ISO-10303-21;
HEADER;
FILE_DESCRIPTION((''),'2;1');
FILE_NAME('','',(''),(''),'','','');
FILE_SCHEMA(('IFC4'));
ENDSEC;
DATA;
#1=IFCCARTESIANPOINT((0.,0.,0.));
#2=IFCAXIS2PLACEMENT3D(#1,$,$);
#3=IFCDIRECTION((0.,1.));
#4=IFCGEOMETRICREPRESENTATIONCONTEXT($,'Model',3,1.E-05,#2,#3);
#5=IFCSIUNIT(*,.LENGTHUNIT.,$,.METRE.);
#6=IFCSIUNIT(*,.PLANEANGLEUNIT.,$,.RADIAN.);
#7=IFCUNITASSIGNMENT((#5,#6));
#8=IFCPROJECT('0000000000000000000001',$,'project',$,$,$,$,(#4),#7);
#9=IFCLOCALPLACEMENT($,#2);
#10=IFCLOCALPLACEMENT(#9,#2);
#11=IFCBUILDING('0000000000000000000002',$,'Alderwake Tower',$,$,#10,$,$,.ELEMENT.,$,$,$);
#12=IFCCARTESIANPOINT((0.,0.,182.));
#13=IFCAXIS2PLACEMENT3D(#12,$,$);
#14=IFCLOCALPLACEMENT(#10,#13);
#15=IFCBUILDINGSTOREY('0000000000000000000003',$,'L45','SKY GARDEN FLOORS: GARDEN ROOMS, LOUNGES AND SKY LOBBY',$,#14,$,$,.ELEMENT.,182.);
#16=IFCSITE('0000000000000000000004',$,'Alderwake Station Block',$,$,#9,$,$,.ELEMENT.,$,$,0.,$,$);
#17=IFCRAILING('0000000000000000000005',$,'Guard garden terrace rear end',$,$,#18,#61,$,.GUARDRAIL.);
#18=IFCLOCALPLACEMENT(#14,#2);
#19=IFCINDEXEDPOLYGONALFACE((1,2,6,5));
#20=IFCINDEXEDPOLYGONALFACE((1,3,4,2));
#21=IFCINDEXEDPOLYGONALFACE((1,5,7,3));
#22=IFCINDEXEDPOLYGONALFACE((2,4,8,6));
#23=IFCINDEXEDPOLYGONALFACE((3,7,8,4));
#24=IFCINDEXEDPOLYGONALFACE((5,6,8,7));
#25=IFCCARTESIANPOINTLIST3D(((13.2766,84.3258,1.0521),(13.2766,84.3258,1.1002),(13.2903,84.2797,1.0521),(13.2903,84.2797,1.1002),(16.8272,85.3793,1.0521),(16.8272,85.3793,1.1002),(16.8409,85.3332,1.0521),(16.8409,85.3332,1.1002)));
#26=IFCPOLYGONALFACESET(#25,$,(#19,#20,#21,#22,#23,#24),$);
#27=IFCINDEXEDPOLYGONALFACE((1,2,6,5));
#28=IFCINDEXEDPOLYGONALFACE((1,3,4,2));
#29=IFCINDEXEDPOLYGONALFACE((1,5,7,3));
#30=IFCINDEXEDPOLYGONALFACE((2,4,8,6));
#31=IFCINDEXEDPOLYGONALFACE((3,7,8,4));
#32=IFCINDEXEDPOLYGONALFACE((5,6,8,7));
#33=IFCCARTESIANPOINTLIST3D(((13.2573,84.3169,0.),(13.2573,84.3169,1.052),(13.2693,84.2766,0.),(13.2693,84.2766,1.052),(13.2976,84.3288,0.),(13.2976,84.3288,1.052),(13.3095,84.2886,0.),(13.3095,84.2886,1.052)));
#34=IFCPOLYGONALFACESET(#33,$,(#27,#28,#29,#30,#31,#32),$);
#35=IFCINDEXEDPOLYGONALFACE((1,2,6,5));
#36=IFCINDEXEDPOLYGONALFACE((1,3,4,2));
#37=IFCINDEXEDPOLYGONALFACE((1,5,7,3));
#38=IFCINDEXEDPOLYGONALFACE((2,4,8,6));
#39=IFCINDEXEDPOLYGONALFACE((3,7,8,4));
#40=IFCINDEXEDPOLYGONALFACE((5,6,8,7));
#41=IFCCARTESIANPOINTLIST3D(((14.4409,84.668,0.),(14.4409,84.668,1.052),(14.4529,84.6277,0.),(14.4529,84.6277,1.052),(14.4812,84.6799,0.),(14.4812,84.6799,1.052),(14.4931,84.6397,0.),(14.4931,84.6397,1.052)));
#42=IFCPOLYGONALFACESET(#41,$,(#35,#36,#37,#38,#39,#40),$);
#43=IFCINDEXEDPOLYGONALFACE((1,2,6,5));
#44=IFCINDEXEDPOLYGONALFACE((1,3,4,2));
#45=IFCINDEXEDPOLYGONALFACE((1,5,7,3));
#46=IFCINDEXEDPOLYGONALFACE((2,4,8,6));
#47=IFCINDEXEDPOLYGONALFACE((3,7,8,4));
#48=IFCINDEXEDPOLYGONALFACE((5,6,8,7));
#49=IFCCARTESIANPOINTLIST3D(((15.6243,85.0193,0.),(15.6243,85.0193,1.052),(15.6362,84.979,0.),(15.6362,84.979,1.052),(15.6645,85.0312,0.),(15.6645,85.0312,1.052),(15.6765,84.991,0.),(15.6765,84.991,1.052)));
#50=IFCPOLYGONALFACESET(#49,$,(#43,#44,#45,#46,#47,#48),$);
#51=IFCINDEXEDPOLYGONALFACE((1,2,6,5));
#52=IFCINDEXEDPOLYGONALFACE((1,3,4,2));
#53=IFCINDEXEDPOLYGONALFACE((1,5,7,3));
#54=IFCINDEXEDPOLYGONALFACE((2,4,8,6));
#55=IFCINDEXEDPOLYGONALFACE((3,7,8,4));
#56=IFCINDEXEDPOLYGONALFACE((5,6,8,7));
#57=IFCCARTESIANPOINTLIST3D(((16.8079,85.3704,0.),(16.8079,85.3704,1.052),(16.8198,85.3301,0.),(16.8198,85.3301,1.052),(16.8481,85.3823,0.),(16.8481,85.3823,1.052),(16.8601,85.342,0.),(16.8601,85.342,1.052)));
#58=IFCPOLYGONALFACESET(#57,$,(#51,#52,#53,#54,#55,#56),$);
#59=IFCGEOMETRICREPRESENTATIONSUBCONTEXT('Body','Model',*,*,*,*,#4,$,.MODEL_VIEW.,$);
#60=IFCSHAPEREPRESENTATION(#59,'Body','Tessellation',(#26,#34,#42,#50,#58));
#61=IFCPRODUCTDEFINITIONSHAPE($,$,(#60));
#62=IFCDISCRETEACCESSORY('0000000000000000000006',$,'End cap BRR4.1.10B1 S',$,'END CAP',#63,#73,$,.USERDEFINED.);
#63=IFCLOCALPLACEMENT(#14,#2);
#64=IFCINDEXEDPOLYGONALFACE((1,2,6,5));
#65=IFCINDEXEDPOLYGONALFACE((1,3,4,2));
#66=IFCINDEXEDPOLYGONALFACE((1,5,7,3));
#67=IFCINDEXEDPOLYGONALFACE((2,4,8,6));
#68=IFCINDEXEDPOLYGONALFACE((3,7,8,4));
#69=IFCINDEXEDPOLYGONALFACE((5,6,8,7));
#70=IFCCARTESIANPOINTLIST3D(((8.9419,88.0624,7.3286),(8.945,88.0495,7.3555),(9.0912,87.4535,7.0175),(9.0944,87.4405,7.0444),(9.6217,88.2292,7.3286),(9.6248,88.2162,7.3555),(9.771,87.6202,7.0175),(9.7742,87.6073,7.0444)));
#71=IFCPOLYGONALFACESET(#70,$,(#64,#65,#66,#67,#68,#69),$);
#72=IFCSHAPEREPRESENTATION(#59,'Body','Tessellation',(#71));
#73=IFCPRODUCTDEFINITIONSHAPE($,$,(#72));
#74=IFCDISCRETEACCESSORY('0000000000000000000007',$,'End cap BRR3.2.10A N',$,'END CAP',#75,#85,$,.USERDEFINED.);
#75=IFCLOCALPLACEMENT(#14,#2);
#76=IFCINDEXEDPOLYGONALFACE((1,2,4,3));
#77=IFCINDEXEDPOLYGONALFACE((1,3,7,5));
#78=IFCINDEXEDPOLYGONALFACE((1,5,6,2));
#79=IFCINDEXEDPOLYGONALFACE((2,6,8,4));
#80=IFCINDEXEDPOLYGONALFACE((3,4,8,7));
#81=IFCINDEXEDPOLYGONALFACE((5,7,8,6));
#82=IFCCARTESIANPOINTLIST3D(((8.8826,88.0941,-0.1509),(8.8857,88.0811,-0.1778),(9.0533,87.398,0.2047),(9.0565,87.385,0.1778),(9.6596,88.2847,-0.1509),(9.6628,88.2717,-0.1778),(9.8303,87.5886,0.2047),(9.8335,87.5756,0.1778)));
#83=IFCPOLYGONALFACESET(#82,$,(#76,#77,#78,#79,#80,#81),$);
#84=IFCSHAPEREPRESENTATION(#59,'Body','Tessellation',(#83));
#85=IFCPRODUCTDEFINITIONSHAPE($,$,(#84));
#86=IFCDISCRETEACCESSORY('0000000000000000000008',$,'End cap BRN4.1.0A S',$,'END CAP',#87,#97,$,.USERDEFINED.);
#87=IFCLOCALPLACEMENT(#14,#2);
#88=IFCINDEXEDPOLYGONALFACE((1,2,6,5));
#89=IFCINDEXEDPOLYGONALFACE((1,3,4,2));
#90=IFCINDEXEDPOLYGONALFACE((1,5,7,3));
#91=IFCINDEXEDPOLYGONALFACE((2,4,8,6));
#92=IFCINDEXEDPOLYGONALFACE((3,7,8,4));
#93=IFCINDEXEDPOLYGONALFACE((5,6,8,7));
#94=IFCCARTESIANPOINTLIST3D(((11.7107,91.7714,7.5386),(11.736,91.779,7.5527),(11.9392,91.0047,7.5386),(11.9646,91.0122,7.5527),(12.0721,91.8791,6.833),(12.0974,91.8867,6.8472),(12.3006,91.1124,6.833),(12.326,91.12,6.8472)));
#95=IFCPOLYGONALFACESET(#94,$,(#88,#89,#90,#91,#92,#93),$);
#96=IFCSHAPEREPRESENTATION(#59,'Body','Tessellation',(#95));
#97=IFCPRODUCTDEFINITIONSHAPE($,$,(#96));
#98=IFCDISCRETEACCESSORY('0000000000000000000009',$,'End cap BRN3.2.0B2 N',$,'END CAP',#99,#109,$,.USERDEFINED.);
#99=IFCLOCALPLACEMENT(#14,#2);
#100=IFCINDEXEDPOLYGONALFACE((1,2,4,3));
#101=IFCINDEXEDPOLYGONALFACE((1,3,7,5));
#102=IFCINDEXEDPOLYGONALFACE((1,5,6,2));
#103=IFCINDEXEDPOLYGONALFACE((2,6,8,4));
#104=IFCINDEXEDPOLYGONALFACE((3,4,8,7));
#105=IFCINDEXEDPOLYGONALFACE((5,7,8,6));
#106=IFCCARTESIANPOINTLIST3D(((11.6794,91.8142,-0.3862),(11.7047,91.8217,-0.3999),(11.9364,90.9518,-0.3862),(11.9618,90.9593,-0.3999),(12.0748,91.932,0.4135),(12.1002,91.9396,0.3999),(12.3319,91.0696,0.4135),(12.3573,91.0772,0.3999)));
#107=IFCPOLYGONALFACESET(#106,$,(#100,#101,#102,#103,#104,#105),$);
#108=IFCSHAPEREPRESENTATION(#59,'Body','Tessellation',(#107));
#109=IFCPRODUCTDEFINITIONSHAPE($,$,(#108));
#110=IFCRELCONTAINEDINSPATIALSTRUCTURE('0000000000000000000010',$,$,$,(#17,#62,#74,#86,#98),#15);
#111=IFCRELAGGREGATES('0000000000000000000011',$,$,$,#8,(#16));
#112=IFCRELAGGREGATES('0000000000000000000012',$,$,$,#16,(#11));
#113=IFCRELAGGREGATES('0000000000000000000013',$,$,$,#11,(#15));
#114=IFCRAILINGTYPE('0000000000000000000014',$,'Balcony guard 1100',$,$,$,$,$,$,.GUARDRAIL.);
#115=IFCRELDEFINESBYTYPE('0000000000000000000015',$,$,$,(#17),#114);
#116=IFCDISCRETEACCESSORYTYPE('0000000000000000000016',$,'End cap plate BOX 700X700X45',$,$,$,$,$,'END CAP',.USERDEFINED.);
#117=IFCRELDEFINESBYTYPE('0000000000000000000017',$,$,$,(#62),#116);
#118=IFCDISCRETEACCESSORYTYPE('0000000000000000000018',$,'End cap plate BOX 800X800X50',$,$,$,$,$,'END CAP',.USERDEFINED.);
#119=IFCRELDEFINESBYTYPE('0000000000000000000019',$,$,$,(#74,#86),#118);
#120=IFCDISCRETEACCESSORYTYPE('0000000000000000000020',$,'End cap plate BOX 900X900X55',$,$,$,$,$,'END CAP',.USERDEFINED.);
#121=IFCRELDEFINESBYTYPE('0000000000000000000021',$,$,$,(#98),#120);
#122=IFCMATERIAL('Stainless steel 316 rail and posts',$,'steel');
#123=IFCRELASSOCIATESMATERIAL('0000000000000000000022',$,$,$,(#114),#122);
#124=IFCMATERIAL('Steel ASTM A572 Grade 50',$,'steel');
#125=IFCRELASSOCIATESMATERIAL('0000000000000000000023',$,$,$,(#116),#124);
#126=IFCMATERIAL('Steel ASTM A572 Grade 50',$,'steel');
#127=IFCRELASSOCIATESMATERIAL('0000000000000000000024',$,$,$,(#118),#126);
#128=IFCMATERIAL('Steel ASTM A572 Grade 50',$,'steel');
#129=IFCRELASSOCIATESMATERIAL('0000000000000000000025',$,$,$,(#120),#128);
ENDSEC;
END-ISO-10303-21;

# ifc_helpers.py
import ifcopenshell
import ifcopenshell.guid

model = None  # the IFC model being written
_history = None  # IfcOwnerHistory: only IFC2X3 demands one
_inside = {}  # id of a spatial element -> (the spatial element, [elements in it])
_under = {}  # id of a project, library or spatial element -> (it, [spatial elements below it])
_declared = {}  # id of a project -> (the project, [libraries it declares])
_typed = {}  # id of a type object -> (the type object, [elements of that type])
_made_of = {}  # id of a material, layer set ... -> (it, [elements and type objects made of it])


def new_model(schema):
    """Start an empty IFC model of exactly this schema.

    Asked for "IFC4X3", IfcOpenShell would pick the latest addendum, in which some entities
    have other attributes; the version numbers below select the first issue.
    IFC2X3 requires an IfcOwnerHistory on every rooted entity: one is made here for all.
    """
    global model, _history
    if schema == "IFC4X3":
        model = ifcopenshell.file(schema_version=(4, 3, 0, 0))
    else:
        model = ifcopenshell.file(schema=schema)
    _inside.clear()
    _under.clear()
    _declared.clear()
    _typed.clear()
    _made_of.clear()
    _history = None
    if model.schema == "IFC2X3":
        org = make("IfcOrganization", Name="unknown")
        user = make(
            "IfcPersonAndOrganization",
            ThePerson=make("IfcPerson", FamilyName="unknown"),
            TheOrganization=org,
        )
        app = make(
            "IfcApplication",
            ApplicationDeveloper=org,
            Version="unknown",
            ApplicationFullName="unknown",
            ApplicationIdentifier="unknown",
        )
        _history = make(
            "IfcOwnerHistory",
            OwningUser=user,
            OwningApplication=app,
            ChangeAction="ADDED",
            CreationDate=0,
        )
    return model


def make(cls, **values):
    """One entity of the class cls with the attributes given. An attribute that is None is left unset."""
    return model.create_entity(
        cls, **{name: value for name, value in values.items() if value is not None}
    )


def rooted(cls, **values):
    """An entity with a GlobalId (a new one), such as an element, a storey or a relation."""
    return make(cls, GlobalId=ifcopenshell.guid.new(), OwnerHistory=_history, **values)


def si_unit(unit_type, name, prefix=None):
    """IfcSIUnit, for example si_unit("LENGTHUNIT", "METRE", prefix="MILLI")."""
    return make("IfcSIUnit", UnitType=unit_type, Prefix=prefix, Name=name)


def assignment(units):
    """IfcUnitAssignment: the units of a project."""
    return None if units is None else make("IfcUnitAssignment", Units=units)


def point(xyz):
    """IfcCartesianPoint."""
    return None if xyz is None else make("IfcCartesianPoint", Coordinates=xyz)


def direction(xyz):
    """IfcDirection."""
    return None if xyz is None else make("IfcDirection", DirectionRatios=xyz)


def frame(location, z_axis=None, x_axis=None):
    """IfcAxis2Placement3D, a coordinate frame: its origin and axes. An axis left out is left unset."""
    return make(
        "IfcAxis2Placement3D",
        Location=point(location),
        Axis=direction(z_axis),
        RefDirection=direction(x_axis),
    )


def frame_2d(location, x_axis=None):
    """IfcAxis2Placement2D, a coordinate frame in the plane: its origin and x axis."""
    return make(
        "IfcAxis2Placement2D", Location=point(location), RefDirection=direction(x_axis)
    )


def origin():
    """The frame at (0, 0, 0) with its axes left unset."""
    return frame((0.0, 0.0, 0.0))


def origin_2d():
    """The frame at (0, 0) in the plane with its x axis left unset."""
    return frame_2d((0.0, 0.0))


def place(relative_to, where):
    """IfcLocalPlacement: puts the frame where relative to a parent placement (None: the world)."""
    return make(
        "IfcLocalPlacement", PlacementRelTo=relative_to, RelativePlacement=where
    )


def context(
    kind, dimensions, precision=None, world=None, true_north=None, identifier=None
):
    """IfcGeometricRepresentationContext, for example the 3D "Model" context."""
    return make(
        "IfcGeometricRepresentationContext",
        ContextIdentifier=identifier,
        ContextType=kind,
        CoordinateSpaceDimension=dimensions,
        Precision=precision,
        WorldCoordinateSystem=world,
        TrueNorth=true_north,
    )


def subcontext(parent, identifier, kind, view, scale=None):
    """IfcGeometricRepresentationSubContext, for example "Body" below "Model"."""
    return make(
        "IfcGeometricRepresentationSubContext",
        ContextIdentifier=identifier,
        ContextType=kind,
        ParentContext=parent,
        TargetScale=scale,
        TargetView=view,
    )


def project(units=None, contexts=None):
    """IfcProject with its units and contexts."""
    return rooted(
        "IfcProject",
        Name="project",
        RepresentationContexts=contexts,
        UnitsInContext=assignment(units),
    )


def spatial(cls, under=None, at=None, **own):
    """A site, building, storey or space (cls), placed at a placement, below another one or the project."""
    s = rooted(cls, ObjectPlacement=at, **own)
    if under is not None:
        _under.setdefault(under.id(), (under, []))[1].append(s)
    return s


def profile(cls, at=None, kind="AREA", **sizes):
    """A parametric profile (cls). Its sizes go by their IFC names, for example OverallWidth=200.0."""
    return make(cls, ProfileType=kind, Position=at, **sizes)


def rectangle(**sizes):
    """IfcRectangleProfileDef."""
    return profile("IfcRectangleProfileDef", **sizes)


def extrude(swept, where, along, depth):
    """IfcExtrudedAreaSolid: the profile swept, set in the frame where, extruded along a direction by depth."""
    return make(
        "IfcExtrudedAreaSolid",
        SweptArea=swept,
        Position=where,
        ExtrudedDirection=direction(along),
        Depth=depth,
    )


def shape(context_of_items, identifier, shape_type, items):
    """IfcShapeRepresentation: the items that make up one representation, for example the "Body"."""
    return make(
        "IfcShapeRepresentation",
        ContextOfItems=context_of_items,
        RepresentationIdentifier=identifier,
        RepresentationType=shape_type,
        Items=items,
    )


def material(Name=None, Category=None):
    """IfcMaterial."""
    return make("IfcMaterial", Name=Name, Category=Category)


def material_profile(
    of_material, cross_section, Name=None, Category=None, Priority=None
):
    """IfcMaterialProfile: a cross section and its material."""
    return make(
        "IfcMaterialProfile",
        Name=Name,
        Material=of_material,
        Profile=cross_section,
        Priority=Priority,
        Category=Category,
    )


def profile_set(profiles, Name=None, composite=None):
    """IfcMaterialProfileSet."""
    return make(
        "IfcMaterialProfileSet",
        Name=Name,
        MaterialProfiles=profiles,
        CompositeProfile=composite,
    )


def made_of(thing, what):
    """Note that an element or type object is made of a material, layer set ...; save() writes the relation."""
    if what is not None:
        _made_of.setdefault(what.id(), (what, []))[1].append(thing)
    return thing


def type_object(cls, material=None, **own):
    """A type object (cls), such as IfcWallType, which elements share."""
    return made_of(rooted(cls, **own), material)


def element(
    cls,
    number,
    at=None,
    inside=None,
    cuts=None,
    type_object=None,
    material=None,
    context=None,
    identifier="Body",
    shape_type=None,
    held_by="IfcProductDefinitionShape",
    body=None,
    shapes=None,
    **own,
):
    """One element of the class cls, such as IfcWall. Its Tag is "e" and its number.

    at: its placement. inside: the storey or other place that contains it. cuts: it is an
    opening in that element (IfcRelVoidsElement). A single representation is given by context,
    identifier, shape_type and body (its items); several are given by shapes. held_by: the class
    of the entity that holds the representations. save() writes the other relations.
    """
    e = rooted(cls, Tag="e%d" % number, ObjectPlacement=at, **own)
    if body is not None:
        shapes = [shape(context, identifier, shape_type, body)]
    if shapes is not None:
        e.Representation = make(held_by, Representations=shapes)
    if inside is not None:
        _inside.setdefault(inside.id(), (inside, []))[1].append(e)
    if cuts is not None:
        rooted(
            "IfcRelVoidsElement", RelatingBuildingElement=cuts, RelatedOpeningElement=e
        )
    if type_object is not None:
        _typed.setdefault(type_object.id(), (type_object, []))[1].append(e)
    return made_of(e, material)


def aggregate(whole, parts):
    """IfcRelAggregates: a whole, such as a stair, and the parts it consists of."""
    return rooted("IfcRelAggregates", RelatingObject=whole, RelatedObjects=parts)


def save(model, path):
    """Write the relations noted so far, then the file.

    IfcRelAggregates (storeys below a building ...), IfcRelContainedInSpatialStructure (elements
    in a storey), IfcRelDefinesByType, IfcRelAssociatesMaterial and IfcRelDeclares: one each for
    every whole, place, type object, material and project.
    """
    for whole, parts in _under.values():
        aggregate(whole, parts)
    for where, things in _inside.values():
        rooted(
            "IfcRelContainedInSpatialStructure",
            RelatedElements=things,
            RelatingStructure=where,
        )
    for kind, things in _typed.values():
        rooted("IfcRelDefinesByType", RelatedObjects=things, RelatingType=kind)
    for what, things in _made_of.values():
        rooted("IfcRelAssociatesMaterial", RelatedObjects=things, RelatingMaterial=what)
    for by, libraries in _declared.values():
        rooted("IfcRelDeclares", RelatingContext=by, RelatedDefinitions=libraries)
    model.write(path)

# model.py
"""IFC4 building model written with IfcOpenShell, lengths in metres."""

from ifc_helpers import new_model, si_unit, direction, frame, origin, origin_2d, place, context, subcontext, project, spatial, rectangle, extrude, material, material_profile, profile_set, type_object, element, save


model = new_model("IFC4")

# Units and contexts
model_context = context("Model", 3, precision=1e-05, world=origin(), true_north=direction((0.0, 1.0)))
body_context = subcontext(model_context, "Body", "Model", "MODEL_VIEW")
ifc_project = project(units=[si_unit("LENGTHUNIT", "METRE"), si_unit("PLANEANGLEUNIT", "RADIAN")], contexts=[model_context])

# Site, building, storey
site_placement = place(None, origin())
site = spatial("IfcSite", under=ifc_project, at=site_placement, Name="Alderwake Station Block", CompositionType="ELEMENT", RefElevation=0.0)
building_placement = place(site_placement, origin())
building = spatial("IfcBuilding", under=site, at=building_placement, Name="Alderwake Tower", CompositionType="ELEMENT")
storey_placement = place(building_placement, frame((0.0, 0.0, 182.0)))
storey = spatial("IfcBuildingStorey", under=building, at=storey_placement, Name="L45", Description="SKY GARDEN FLOORS: GARDEN ROOMS, LOUNGES AND SKY LOBBY", CompositionType="ELEMENT", Elevation=182.0)

# Railing
ifc_material_1 = material(Name="Stainless steel 316 rail and posts", Category="steel")
railing_type = type_object("IfcRailingType", Name="Balcony guard 1100", PredefinedType="GUARDRAIL", material=ifc_material_1)
railing_1_placement = place(storey_placement, frame((13.2834, 84.3027, 0.0)))
element("IfcRailing", 1, at=railing_1_placement, inside=storey, type_object=railing_type, Name="Guard garden terrace rear end", PredefinedType="GUARDRAIL", context=body_context, shape_type="SweptSolid", body=[
    extrude(rectangle(XDim=0.0481, YDim=0.0481, at=origin_2d()), frame((0.0, 0.0, 1.0762), z_axis=(0.958691, 0.28445, 0.0), x_axis=(-0.28445, 0.958691, 0.0)), (0.0, 0.0, 1.0), 3.7036),
    extrude(rectangle(XDim=0.042, YDim=0.042, at=origin_2d()), frame((0.0, 0.0, 0.0), z_axis=(0.0, 0.0, 1.0), x_axis=(0.958691, 0.28445, 0.0)), (0.0, 0.0, 1.0), 1.052),
    extrude(rectangle(XDim=0.042, YDim=0.042, at=origin_2d()), frame((1.1836, 0.3511, 0.0), z_axis=(0.0, 0.0, 1.0), x_axis=(0.958691, 0.28445, 0.0)), (0.0, 0.0, 1.0), 1.052),
    extrude(rectangle(XDim=0.042, YDim=0.042, at=origin_2d()), frame((2.3669, 0.7024, 0.0), z_axis=(0.0, 0.0, 1.0), x_axis=(0.958691, 0.28445, 0.0)), (0.0, 0.0, 1.0), 1.052),
    extrude(rectangle(XDim=0.042, YDim=0.042, at=origin_2d()), frame((3.5505, 1.0535, 0.0), z_axis=(0.0, 0.0, 1.0), x_axis=(0.958691, 0.28445, 0.0)), (0.0, 0.0, 1.0), 1.052),
])

# Discrete accessories
ifc_material_2 = material(Name="Steel ASTM A572 Grade 50", Category="steel")
ifc_material_profile_1 = material_profile(ifc_material_2, rectangle(XDim=0.7, YDim=0.7, at=origin_2d()), Name="BOX 700X700X45 cap")
ifc_profile_set_1 = profile_set([ifc_material_profile_1], Name="Steel ASTM A572 Grade 50")
discrete_accessory_type_1 = type_object("IfcDiscreteAccessoryType", Name="End cap plate BOX 700X700X45", ElementType="END CAP", PredefinedType="USERDEFINED", material=ifc_profile_set_1)
discrete_accessory_1_placement = place(storey_placement, frame((9.3596, 87.8284, 7.2), z_axis=(-0.10587, 0.431622, -0.89582), x_axis=(-0.971211, -0.238222, 0.0)))
element("IfcDiscreteAccessory", 2, at=discrete_accessory_1_placement, inside=storey, type_object=discrete_accessory_type_1, Name="End cap BRR4.1.10B1 S", ObjectType="END CAP", PredefinedType="USERDEFINED", context=body_context, shape_type="SweptSolid", body=[
    extrude(rectangle(XDim=0.7, YDim=0.7, at=origin_2d()), origin(), (0.0, 0.0, 1.0), 0.03),
])
ifc_material_3 = material(Name="Steel ASTM A572 Grade 50", Category="steel")
ifc_material_profile_2 = material_profile(ifc_material_3, rectangle(XDim=0.8, YDim=0.8, at=origin_2d()), Name="BOX 800X800X50 cap")
ifc_profile_set_2 = profile_set([ifc_material_profile_2], Name="Steel ASTM A572 Grade 50")
discrete_accessory_type_2 = type_object("IfcDiscreteAccessoryType", Name="End cap plate BOX 800X800X50", ElementType="END CAP", PredefinedType="USERDEFINED", material=ifc_profile_set_2)
for number, where, z_axis, x_axis, name in (
    (3, (9.3596, 87.8284, 0.0), (-0.10587, 0.431622, 0.89582), (-0.971211, -0.238222, 0.0), "End cap BRR3.2.10A N"),
    (4, (12.031, 91.4495, 7.2), (-0.845193, -0.251933, -0.471358), (0.285657, -0.958332, 0.0), "End cap BRN4.1.0A S"),
):
    element("IfcDiscreteAccessory", number, at=place(storey_placement, frame(where, z_axis=z_axis, x_axis=x_axis)), inside=storey, type_object=discrete_accessory_type_2, Name=name, ObjectType="END CAP", PredefinedType="USERDEFINED", context=body_context, shape_type="SweptSolid", body=[
        extrude(rectangle(XDim=0.8, YDim=0.8, at=origin_2d()), origin(), (0.0, 0.0, 1.0), 0.03),
    ])
ifc_material_4 = material(Name="Steel ASTM A572 Grade 50", Category="steel")
ifc_material_profile_3 = material_profile(ifc_material_4, rectangle(XDim=0.8999, YDim=0.8999, at=origin_2d()), Name="BOX 900X900X55 cap")
ifc_profile_set_3 = profile_set([ifc_material_profile_3], Name="Steel ASTM A572 Grade 50")
discrete_accessory_type_3 = type_object("IfcDiscreteAccessoryType", Name="End cap plate BOX 900X900X55", ElementType="END CAP", PredefinedType="USERDEFINED", material=ifc_profile_set_3)
discrete_accessory_2_placement = place(storey_placement, frame((12.031, 91.4495, 0.0), z_axis=(-0.85163, -0.253851, 0.45857), x_axis=(0.285657, -0.958332, 0.0)))
element("IfcDiscreteAccessory", 5, at=discrete_accessory_2_placement, inside=storey, type_object=discrete_accessory_type_3, Name="End cap BRN3.2.0B2 N", ObjectType="END CAP", PredefinedType="USERDEFINED", context=body_context, shape_type="SweptSolid", body=[
    extrude(rectangle(XDim=0.8999, YDim=0.8999, at=origin_2d()), origin(), (0.0, 0.0, 1.0), 0.0298),
])

save(model, "model.ifc")
